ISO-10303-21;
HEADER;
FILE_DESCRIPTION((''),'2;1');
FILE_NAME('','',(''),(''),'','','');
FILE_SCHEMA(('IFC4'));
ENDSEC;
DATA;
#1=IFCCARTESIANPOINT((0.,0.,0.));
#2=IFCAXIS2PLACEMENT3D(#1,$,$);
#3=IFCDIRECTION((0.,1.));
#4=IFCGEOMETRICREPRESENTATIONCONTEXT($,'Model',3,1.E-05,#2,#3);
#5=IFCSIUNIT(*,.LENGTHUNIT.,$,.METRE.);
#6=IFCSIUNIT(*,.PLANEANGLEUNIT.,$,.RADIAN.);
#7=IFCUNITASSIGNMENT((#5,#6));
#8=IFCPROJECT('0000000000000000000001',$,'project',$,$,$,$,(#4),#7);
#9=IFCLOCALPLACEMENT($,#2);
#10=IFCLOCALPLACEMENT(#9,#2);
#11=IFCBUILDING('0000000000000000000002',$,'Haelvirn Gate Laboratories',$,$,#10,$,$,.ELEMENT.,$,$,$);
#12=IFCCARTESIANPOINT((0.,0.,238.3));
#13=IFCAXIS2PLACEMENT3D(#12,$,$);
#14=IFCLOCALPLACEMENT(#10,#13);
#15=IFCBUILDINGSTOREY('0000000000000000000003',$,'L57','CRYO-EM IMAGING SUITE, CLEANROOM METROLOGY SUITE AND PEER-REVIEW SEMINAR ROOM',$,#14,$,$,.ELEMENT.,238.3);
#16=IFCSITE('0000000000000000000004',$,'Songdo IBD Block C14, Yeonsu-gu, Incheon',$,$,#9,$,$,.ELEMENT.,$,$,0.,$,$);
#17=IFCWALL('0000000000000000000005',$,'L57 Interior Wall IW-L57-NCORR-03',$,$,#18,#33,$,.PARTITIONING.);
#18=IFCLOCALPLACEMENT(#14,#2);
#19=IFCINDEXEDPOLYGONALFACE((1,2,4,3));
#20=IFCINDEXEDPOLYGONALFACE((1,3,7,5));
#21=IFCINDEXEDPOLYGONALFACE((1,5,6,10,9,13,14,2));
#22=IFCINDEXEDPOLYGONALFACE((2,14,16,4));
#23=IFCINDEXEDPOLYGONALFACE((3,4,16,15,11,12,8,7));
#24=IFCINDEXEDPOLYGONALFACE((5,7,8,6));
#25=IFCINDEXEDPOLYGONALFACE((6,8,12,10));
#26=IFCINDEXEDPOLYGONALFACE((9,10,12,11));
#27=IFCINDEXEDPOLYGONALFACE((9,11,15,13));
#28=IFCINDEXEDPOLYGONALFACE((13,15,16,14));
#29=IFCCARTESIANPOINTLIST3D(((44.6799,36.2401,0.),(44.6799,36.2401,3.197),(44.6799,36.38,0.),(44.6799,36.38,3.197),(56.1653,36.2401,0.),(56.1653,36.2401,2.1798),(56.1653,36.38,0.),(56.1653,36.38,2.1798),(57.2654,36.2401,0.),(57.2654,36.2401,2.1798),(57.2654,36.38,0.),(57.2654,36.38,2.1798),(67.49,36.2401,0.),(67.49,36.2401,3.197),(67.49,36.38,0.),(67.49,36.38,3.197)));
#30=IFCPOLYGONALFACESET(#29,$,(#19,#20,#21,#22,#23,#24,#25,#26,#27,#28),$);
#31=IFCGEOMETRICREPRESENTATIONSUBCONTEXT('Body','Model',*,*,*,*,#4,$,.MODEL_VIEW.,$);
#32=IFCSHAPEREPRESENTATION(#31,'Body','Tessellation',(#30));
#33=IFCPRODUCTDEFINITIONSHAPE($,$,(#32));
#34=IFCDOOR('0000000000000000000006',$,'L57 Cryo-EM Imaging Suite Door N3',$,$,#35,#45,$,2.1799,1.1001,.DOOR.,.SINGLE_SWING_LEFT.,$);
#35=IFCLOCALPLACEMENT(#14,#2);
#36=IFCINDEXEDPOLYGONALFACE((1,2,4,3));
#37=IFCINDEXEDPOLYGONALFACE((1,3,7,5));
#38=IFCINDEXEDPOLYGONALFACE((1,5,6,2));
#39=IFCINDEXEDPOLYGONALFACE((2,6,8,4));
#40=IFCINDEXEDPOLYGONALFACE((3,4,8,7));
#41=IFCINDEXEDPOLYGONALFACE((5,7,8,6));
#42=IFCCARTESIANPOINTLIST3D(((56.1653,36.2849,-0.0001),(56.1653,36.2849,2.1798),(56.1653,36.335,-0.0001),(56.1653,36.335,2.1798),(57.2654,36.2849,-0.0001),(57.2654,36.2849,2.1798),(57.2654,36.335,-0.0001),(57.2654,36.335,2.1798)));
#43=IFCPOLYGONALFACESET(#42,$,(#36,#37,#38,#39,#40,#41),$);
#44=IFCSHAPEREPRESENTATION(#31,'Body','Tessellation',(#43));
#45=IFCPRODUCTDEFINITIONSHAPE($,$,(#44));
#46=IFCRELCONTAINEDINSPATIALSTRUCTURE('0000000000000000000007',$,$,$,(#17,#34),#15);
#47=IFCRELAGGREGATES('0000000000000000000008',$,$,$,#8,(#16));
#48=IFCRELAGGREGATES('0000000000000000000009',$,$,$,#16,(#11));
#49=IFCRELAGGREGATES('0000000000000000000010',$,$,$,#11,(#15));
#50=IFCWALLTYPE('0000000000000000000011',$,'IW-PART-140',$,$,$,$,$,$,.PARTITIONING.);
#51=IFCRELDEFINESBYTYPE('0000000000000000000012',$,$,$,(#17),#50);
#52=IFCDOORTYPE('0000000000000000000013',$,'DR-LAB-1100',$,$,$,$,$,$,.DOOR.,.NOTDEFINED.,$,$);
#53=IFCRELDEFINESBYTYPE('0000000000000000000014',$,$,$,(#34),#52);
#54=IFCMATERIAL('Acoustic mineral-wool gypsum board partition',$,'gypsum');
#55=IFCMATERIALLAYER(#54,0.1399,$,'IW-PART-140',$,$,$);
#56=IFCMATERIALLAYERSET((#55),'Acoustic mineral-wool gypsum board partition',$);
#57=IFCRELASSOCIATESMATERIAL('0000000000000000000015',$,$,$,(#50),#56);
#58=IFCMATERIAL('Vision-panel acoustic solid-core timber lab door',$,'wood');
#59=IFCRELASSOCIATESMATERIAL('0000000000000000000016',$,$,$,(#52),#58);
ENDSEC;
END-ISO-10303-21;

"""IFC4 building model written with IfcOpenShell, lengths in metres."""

from ifc_helpers import new_model, si_unit, direction, frame, frame_2d, origin, place, context, subcontext, project, spatial, rectangle, extrude, source, transform, mapped, material, layer, layer_set, type_object, type_shapes, element, fill, save


model = new_model("IFC4")

# Units and contexts
model_context = context("Model", 3, precision=1e-05, world=origin(), true_north=direction((0.0, 1.0)))
body_context = subcontext(model_context, "Body", "Model", "MODEL_VIEW")
ifc_project = project(units=[si_unit("LENGTHUNIT", "METRE"), si_unit("PLANEANGLEUNIT", "RADIAN")], contexts=[model_context])

# Site, building, storey
site_placement = place(None, origin())
site = spatial("IfcSite", under=ifc_project, at=site_placement, Name="Songdo IBD Block C14, Yeonsu-gu, Incheon", CompositionType="ELEMENT", RefElevation=0.0)
building_placement = place(site_placement, origin())
building = spatial("IfcBuilding", under=site, at=building_placement, Name="Haelvirn Gate Laboratories", CompositionType="ELEMENT")
storey_placement = place(building_placement, frame((0.0, 0.0, 238.3)))
storey = spatial("IfcBuildingStorey", under=building, at=storey_placement, Name="L57", Description="CRYO-EM IMAGING SUITE, CLEANROOM METROLOGY SUITE AND PEER-REVIEW SEMINAR ROOM", CompositionType="ELEMENT", Elevation=238.3)

# Wall, opening, door
ifc_material_1 = material(Name="Acoustic mineral-wool gypsum board partition", Category="gypsum")
ifc_layer_1 = layer(ifc_material_1, 0.1399, Name="IW-PART-140")
ifc_layer_set_1 = layer_set([ifc_layer_1], Name="Acoustic mineral-wool gypsum board partition")
wall_type_1 = type_object("IfcWallType", Name="IW-PART-140", PredefinedType="PARTITIONING", material=ifc_layer_set_1)
wall_1_placement = place(storey_placement, frame((44.6799, 36.3101, 0.0), z_axis=(0.0, 0.0, 1.0), x_axis=(1.0, 0.0, 0.0)))
wall_1 = element("IfcWall", 1, at=wall_1_placement, inside=storey, type_object=wall_type_1, Name="L57 Interior Wall IW-L57-NCORR-03", PredefinedType="PARTITIONING", context=body_context, shape_type="SweptSolid", body=[
    extrude(rectangle(XDim=22.8101, YDim=0.1399, at=frame_2d((11.405, 0.0))), origin(), (0.0, 0.0, 1.0), 3.197),
])
opening_placement = place(wall_1_placement, frame((11.4854, 0.0, 0.0)))
opening = element("IfcOpeningElement", 2, at=opening_placement, cuts=wall_1, PredefinedType="OPENING", context=body_context, shape_type="SweptSolid", body=[
    extrude(rectangle(XDim=1.1001, YDim=2.1799, at=frame_2d((0.55, 1.0898))), frame((0.0, 0.0801, 0.0), z_axis=(0.0, -1.0, 0.0), x_axis=(1.0, 0.0, 0.0)), (0.0, 0.0, 1.0), 0.1599),
])
ifc_material_2 = material(Name="Vision-panel acoustic solid-core timber lab door", Category="wood")
door_type = type_object("IfcDoorType", Name="DR-LAB-1100", OperationType="NOTDEFINED", PredefinedType="DOOR", material=ifc_material_2)
shared_shape_1 = source(origin(), body_context, "Body", "SweptSolid", [
    extrude(rectangle(XDim=1.1001, YDim=2.1799, at=frame_2d((0.55, 1.0898))), frame((0.0, 0.0249, 0.0), z_axis=(0.0, -1.0, 0.0), x_axis=(1.0, 0.0, 0.0)), (0.0, 0.0, 1.0), 0.05),
])
type_shapes(door_type, [shared_shape_1])
door_placement = place(opening_placement, origin())
door = element("IfcDoor", 3, at=door_placement, inside=storey, type_object=door_type, Name="L57 Cryo-EM Imaging Suite Door N3", OperationType="SINGLE_SWING_LEFT", OverallHeight=2.1799, OverallWidth=1.1001, PredefinedType="DOOR", context=body_context, shape_type="MappedRepresentation", body=[
    mapped(shared_shape_1, transform((0.0, 0.0, 0.0), scale=1.0)),
])
fill(opening, door)

save(model, "model.ifc")
